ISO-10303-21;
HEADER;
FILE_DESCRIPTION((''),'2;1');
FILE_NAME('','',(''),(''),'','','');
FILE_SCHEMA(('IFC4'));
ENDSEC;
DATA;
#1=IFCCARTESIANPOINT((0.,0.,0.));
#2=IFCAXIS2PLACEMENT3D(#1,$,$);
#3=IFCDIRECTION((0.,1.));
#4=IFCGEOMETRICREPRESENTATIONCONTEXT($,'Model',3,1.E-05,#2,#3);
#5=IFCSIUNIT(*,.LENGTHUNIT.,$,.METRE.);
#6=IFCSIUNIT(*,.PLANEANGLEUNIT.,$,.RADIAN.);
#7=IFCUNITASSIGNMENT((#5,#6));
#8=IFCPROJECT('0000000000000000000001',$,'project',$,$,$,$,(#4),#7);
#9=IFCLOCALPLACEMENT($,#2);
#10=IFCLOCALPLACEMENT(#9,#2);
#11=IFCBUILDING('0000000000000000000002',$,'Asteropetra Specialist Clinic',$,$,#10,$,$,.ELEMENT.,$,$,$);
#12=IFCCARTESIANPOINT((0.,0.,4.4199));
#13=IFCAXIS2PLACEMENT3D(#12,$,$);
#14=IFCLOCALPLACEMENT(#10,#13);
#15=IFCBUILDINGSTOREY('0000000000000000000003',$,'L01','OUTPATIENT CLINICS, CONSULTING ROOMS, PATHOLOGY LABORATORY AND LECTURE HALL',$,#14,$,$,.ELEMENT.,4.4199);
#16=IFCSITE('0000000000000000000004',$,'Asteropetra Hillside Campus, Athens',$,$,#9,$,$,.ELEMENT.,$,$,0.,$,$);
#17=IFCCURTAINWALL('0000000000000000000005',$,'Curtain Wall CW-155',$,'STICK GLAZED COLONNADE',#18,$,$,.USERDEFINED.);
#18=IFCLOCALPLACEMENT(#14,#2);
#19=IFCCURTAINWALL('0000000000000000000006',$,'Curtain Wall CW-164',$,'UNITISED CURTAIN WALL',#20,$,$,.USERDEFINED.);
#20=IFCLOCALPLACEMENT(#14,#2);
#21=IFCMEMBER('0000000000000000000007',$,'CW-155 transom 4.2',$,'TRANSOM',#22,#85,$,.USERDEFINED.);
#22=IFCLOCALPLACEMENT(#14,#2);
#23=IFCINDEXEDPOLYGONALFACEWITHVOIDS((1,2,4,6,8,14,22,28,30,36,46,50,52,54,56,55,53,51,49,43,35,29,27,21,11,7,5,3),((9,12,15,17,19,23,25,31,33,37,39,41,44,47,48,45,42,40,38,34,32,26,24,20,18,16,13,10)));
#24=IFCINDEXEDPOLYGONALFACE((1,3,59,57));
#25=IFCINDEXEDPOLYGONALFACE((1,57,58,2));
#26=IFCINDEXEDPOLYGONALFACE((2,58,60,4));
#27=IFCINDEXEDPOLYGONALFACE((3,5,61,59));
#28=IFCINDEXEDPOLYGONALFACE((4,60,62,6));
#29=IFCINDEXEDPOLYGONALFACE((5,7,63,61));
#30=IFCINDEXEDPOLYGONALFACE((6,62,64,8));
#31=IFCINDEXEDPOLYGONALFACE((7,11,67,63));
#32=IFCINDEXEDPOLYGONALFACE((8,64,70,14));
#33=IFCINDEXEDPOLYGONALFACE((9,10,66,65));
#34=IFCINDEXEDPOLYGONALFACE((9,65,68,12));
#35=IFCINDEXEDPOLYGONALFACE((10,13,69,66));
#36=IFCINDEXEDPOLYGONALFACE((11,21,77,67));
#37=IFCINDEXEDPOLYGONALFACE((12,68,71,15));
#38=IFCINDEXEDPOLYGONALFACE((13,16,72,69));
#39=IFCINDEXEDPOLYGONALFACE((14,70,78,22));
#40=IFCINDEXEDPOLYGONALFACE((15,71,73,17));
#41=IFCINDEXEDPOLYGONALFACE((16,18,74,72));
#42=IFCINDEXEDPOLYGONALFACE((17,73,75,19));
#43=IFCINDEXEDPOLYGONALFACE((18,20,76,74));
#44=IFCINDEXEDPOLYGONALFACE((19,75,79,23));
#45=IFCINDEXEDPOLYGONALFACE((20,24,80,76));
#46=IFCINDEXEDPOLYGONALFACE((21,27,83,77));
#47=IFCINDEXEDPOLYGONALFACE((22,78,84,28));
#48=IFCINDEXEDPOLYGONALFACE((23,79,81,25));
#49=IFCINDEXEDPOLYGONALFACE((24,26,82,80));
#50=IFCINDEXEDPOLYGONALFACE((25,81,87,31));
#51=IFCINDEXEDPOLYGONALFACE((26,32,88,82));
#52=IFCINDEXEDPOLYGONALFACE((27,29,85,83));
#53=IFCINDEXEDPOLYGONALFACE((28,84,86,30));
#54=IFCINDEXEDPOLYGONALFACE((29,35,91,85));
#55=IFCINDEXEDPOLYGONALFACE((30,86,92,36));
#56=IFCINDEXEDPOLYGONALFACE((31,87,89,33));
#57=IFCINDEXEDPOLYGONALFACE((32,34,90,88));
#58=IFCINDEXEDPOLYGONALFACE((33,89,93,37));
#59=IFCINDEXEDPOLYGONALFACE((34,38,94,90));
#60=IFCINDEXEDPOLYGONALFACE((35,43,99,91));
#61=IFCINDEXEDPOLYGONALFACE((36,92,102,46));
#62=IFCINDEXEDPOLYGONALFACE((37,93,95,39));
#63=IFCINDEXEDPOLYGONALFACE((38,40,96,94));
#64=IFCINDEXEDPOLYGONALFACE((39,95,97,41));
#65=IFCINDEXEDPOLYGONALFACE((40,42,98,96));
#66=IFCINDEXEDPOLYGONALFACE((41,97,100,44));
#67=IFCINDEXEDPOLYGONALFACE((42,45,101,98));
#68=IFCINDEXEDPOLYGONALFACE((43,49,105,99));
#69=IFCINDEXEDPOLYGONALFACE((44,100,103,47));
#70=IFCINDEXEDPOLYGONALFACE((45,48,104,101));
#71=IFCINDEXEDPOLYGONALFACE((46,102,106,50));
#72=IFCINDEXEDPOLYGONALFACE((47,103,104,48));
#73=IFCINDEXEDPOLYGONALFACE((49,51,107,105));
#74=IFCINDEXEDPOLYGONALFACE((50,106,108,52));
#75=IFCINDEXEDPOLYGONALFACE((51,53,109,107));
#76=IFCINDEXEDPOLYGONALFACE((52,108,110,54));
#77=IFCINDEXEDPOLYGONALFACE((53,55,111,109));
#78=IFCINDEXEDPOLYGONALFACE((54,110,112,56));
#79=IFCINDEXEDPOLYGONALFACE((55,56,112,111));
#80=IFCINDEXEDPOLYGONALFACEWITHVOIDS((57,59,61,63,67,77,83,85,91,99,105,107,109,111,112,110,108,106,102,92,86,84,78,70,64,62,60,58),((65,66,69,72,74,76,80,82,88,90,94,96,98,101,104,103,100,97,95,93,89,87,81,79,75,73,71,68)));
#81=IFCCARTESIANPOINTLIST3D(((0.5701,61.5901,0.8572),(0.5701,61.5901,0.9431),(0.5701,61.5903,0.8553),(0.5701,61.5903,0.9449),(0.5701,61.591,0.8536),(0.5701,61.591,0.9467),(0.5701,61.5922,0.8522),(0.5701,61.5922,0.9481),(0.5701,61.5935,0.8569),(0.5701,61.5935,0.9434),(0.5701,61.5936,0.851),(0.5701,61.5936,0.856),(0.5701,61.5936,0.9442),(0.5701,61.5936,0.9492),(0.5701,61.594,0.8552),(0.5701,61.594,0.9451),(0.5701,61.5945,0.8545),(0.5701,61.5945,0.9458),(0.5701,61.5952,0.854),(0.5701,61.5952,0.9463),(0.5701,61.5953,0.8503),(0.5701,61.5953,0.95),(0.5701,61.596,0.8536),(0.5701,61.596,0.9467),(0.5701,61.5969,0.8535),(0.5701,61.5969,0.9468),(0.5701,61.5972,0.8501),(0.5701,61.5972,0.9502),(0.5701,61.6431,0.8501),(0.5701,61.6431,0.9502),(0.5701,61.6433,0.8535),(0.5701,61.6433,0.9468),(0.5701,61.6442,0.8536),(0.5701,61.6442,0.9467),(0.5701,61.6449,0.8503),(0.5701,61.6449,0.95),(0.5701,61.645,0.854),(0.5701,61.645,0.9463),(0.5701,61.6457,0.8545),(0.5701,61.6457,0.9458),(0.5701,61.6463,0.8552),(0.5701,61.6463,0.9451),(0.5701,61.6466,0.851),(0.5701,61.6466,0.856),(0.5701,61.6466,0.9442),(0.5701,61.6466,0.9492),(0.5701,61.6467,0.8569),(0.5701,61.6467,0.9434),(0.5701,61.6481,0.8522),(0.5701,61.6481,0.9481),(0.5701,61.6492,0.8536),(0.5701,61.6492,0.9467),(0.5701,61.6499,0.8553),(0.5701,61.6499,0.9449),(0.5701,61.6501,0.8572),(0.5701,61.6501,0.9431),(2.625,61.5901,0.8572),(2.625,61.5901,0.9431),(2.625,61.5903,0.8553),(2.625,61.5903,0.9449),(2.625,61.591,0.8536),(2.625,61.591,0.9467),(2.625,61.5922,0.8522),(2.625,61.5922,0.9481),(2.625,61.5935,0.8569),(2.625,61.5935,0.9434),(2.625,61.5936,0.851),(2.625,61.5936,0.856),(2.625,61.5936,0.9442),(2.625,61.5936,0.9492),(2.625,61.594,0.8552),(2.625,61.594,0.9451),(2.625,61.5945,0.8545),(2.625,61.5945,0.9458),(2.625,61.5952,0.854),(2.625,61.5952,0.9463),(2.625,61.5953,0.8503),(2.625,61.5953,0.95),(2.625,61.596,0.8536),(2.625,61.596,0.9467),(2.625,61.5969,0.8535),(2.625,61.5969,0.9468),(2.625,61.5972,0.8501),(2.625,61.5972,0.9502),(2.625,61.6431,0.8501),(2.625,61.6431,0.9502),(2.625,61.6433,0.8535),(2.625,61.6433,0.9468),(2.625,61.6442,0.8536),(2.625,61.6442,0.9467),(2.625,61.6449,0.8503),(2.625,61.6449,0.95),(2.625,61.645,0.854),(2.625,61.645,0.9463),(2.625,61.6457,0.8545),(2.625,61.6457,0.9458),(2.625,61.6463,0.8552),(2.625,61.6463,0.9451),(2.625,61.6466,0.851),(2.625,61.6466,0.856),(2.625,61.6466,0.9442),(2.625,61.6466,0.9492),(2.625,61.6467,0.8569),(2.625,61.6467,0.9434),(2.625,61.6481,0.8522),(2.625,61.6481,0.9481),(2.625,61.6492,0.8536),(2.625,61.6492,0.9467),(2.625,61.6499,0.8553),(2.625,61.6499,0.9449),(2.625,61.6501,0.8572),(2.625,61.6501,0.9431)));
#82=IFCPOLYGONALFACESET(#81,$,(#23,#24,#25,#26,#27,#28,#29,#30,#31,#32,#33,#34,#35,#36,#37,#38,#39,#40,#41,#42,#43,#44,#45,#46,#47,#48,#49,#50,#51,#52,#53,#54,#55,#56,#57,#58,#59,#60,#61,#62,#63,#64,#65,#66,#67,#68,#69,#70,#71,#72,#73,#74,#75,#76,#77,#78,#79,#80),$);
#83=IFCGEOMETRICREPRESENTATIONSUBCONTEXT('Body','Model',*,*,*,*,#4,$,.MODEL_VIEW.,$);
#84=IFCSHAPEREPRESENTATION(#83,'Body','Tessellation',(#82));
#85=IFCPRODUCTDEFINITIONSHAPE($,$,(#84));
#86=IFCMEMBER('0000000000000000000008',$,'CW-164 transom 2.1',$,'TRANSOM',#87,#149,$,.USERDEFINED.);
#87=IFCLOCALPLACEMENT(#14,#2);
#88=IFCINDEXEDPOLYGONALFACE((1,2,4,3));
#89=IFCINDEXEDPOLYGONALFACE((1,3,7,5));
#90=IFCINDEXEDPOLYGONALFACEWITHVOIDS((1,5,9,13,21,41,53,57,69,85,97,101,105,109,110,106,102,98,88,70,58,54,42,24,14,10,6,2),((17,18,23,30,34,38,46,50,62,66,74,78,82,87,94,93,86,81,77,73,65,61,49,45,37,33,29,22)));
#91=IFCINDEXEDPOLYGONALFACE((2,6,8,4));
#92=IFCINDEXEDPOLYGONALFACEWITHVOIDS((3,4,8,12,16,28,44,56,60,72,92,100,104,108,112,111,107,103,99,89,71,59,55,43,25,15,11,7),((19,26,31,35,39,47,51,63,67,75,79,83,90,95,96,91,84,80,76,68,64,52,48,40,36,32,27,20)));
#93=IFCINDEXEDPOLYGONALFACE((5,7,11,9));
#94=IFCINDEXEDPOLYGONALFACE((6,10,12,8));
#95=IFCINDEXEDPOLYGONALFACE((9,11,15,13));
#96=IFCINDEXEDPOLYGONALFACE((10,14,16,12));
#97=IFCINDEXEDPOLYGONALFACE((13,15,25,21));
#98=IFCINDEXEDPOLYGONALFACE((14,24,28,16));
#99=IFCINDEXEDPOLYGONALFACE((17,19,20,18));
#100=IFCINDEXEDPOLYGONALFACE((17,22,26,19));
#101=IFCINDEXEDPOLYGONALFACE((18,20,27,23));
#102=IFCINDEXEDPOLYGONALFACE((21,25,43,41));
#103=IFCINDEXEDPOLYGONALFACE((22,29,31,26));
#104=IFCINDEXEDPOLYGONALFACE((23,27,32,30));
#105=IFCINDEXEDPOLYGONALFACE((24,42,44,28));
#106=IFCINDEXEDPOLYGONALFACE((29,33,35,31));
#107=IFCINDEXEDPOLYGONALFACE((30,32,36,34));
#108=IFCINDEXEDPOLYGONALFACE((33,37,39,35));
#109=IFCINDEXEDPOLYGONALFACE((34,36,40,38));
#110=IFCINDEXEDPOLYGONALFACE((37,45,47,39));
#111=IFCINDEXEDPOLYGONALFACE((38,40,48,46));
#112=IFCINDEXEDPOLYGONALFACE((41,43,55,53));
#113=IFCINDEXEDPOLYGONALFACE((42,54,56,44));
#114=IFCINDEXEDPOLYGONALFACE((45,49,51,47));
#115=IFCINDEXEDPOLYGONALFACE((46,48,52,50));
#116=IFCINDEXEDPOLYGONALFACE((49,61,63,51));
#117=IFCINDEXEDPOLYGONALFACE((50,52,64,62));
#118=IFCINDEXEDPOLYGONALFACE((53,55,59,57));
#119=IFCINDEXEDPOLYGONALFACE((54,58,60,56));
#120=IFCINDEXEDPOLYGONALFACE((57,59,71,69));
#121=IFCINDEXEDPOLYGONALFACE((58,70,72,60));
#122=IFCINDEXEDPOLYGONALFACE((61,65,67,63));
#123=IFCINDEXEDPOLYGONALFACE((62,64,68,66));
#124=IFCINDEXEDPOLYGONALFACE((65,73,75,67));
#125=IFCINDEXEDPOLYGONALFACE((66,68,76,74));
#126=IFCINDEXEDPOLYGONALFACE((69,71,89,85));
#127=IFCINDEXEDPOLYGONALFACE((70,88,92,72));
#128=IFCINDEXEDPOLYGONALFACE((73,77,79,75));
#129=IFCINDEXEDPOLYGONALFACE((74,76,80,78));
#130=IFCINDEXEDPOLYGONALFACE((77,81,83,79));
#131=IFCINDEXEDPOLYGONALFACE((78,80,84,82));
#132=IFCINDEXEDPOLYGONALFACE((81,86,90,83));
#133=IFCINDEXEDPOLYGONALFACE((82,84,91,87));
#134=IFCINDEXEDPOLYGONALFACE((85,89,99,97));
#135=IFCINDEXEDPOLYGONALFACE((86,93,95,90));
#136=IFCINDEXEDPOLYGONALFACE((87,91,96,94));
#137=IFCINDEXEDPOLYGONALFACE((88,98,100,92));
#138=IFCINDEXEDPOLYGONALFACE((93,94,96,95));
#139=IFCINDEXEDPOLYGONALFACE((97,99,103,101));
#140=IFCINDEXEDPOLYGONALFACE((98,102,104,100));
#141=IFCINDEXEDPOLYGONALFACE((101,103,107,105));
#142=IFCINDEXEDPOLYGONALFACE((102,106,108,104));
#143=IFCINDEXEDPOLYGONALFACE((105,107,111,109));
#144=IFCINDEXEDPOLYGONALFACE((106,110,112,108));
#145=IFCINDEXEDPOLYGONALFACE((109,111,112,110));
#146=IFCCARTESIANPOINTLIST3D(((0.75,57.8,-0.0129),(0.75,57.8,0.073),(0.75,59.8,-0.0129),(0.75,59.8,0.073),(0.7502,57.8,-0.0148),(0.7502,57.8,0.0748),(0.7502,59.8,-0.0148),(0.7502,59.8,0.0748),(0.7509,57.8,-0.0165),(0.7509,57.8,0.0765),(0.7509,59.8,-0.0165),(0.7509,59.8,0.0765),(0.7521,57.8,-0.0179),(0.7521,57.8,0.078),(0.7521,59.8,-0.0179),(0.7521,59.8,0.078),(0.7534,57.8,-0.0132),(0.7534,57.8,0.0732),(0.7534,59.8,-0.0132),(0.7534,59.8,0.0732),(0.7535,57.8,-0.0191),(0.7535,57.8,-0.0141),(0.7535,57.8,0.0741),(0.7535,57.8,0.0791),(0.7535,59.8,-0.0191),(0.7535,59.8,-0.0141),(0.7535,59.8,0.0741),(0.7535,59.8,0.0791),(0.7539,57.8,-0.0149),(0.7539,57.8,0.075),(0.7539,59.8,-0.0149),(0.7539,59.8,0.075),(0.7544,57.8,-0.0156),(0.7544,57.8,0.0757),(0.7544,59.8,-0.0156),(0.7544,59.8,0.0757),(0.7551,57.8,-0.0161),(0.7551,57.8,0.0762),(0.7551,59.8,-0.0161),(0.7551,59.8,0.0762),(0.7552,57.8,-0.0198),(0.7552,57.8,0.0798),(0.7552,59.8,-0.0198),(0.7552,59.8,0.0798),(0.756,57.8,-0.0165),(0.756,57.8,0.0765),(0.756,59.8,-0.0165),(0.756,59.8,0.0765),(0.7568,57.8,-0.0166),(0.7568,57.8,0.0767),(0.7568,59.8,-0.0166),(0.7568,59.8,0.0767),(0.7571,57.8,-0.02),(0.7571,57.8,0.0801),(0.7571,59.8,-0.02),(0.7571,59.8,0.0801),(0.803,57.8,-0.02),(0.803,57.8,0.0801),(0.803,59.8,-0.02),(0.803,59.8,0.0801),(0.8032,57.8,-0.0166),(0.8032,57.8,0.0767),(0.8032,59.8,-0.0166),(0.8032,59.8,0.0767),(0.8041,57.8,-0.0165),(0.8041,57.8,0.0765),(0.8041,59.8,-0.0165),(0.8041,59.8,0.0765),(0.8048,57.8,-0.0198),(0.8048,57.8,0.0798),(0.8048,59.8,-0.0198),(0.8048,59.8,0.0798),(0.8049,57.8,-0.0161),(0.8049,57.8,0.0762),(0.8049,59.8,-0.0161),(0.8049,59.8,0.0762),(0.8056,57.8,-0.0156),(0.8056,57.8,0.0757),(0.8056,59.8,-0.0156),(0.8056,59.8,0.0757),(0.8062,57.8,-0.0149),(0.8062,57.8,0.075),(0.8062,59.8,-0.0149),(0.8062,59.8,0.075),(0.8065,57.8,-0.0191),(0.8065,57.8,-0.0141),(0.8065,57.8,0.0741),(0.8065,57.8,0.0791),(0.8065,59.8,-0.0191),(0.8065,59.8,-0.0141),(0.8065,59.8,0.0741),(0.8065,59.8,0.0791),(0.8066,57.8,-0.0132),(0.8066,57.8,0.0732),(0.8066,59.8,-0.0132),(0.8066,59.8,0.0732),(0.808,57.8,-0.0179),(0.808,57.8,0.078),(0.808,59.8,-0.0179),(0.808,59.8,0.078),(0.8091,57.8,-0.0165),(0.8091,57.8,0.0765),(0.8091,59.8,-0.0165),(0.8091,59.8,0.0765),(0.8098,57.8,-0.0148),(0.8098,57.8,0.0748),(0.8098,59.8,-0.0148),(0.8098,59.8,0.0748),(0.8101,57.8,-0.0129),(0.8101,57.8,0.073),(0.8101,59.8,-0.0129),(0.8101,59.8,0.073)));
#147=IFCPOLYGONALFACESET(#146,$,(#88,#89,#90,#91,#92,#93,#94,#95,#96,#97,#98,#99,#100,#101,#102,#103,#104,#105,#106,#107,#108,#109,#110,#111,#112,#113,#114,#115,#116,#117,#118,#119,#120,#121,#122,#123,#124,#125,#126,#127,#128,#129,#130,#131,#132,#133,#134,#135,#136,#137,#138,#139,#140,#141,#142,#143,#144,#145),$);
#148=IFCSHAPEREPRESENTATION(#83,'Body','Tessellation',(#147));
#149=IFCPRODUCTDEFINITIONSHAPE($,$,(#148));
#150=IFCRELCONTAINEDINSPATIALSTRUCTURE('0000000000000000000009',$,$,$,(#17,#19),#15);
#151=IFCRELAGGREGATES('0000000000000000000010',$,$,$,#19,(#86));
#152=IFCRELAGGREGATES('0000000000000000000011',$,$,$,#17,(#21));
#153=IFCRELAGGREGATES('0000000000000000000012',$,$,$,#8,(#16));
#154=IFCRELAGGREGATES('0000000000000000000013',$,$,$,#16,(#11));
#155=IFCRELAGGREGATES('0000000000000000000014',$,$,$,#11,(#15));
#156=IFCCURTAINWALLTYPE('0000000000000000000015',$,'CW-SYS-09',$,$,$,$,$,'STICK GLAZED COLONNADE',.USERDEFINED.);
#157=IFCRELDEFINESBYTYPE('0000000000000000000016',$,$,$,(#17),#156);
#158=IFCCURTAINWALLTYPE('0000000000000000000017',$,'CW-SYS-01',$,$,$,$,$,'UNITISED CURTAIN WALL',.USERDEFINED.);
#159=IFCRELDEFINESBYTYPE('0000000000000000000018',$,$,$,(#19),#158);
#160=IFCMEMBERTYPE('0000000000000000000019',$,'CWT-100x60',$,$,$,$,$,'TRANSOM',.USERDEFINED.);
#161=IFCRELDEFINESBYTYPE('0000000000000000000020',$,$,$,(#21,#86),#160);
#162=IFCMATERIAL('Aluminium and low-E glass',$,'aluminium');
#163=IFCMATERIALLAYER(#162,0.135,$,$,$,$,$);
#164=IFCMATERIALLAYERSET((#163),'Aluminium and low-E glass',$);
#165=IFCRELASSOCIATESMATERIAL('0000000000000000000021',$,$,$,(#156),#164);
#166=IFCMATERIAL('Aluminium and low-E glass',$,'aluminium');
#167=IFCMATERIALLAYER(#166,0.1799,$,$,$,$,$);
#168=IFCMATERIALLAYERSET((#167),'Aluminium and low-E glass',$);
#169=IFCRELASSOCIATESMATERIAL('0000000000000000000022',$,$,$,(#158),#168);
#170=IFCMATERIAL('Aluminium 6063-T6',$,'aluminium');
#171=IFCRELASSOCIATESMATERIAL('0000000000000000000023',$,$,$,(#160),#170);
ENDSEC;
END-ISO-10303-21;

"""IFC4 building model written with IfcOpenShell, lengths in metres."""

from ifc_helpers import new_model, si_unit, direction, frame, origin, origin_2d, place, context, subcontext, project, spatial, hollow_rectangle, extrude, material, layer, layer_set, material_profile, profile_set, type_object, element, aggregate, save


model = new_model("IFC4")

# Units and contexts
model_context = context("Model", 3, precision=1e-05, world=origin(), true_north=direction((0.0, 1.0)))
body_context = subcontext(model_context, "Body", "Model", "MODEL_VIEW")
ifc_project = project(units=[si_unit("LENGTHUNIT", "METRE"), si_unit("PLANEANGLEUNIT", "RADIAN")], contexts=[model_context])

# Site, building, storey
site_placement = place(None, origin())
site = spatial("IfcSite", under=ifc_project, at=site_placement, Name="Asteropetra Hillside Campus, Athens", CompositionType="ELEMENT", RefElevation=0.0)
building_placement = place(site_placement, origin())
building = spatial("IfcBuilding", under=site, at=building_placement, Name="Asteropetra Specialist Clinic", CompositionType="ELEMENT")
storey_placement = place(building_placement, frame((0.0, 0.0, 4.4199)))
storey = spatial("IfcBuildingStorey", under=building, at=storey_placement, Name="L01", Description="OUTPATIENT CLINICS, CONSULTING ROOMS, PATHOLOGY LABORATORY AND LECTURE HALL", CompositionType="ELEMENT", Elevation=4.4199)

# Curtain wall
ifc_material_1 = material(Name="Aluminium and low-E glass", Category="aluminium")
ifc_layer_1 = layer(ifc_material_1, 0.135)
ifc_layer_set_1 = layer_set([ifc_layer_1], Name="Aluminium and low-E glass")
curtain_wall_type_1 = type_object("IfcCurtainWallType", Name="CW-SYS-09", ElementType="STICK GLAZED COLONNADE", PredefinedType="USERDEFINED", material=ifc_layer_set_1)
curtain_wall_1_placement = place(storey_placement, origin())
curtain_wall_1 = element("IfcCurtainWall", 1, at=curtain_wall_1_placement, inside=storey, type_object=curtain_wall_type_1, Name="Curtain Wall CW-155", ObjectType="STICK GLAZED COLONNADE", PredefinedType="USERDEFINED")

# Curtain wall
ifc_material_2 = material(Name="Aluminium and low-E glass", Category="aluminium")
ifc_layer_2 = layer(ifc_material_2, 0.1799)
ifc_layer_set_2 = layer_set([ifc_layer_2], Name="Aluminium and low-E glass")
curtain_wall_type_2 = type_object("IfcCurtainWallType", Name="CW-SYS-01", ElementType="UNITISED CURTAIN WALL", PredefinedType="USERDEFINED", material=ifc_layer_set_2)
curtain_wall_2_placement = place(storey_placement, origin())
curtain_wall_2 = element("IfcCurtainWall", 2, at=curtain_wall_2_placement, inside=storey, type_object=curtain_wall_type_2, Name="Curtain Wall CW-164", ObjectType="UNITISED CURTAIN WALL", PredefinedType="USERDEFINED")

# Members
ifc_material_3 = material(Name="Aluminium 6063-T6", Category="aluminium")
ifc_material_profile_1 = material_profile(ifc_material_3, hollow_rectangle(XDim=0.0601, YDim=0.1001, WallThickness=0.0034, InnerFilletRadius=0.0034, OuterFilletRadius=0.0071, at=origin_2d()), Name="TRN 100x60x3.5")
ifc_profile_set_1 = profile_set([ifc_material_profile_1], Name="Aluminium 6063-T6")
member_type_1 = type_object("IfcMemberType", Name="CWT-100x60", ElementType="TRANSOM", PredefinedType="USERDEFINED", material=ifc_profile_set_1)
member_1_placement = place(storey_placement, frame((2.625, 61.6201, 0.9001), z_axis=(-1.0, 0.0, 0.0), x_axis=(0.0, -1.0, 0.0)))
member_1 = element("IfcMember", 3, at=member_1_placement, type_object=member_type_1, Name="CW-155 transom 4.2", ObjectType="TRANSOM", PredefinedType="USERDEFINED", context=body_context, shape_type="SweptSolid", body=[
    extrude(hollow_rectangle(XDim=0.0601, YDim=0.1001, WallThickness=0.0034, InnerFilletRadius=0.0034, OuterFilletRadius=0.0071, at=origin_2d()), origin(), (0.0, 0.0, 1.0), 2.0549),
])
member_2_placement = place(storey_placement, frame((0.78, 59.8, 0.03), z_axis=(0.0, -1.0, 0.0), x_axis=(1.0, 0.0, 0.0)))
member_2 = element("IfcMember", 4, at=member_2_placement, type_object=member_type_1, Name="CW-164 transom 2.1", ObjectType="TRANSOM", PredefinedType="USERDEFINED", context=body_context, shape_type="SweptSolid", body=[
    extrude(hollow_rectangle(XDim=0.0601, YDim=0.1001, WallThickness=0.0034, InnerFilletRadius=0.0034, OuterFilletRadius=0.0071, at=origin_2d()), origin(), (0.0, 0.0, 1.0), 2.0),
])

aggregate(curtain_wall_2, [member_2])
aggregate(curtain_wall_1, [member_1])

save(model, "model.ifc")
